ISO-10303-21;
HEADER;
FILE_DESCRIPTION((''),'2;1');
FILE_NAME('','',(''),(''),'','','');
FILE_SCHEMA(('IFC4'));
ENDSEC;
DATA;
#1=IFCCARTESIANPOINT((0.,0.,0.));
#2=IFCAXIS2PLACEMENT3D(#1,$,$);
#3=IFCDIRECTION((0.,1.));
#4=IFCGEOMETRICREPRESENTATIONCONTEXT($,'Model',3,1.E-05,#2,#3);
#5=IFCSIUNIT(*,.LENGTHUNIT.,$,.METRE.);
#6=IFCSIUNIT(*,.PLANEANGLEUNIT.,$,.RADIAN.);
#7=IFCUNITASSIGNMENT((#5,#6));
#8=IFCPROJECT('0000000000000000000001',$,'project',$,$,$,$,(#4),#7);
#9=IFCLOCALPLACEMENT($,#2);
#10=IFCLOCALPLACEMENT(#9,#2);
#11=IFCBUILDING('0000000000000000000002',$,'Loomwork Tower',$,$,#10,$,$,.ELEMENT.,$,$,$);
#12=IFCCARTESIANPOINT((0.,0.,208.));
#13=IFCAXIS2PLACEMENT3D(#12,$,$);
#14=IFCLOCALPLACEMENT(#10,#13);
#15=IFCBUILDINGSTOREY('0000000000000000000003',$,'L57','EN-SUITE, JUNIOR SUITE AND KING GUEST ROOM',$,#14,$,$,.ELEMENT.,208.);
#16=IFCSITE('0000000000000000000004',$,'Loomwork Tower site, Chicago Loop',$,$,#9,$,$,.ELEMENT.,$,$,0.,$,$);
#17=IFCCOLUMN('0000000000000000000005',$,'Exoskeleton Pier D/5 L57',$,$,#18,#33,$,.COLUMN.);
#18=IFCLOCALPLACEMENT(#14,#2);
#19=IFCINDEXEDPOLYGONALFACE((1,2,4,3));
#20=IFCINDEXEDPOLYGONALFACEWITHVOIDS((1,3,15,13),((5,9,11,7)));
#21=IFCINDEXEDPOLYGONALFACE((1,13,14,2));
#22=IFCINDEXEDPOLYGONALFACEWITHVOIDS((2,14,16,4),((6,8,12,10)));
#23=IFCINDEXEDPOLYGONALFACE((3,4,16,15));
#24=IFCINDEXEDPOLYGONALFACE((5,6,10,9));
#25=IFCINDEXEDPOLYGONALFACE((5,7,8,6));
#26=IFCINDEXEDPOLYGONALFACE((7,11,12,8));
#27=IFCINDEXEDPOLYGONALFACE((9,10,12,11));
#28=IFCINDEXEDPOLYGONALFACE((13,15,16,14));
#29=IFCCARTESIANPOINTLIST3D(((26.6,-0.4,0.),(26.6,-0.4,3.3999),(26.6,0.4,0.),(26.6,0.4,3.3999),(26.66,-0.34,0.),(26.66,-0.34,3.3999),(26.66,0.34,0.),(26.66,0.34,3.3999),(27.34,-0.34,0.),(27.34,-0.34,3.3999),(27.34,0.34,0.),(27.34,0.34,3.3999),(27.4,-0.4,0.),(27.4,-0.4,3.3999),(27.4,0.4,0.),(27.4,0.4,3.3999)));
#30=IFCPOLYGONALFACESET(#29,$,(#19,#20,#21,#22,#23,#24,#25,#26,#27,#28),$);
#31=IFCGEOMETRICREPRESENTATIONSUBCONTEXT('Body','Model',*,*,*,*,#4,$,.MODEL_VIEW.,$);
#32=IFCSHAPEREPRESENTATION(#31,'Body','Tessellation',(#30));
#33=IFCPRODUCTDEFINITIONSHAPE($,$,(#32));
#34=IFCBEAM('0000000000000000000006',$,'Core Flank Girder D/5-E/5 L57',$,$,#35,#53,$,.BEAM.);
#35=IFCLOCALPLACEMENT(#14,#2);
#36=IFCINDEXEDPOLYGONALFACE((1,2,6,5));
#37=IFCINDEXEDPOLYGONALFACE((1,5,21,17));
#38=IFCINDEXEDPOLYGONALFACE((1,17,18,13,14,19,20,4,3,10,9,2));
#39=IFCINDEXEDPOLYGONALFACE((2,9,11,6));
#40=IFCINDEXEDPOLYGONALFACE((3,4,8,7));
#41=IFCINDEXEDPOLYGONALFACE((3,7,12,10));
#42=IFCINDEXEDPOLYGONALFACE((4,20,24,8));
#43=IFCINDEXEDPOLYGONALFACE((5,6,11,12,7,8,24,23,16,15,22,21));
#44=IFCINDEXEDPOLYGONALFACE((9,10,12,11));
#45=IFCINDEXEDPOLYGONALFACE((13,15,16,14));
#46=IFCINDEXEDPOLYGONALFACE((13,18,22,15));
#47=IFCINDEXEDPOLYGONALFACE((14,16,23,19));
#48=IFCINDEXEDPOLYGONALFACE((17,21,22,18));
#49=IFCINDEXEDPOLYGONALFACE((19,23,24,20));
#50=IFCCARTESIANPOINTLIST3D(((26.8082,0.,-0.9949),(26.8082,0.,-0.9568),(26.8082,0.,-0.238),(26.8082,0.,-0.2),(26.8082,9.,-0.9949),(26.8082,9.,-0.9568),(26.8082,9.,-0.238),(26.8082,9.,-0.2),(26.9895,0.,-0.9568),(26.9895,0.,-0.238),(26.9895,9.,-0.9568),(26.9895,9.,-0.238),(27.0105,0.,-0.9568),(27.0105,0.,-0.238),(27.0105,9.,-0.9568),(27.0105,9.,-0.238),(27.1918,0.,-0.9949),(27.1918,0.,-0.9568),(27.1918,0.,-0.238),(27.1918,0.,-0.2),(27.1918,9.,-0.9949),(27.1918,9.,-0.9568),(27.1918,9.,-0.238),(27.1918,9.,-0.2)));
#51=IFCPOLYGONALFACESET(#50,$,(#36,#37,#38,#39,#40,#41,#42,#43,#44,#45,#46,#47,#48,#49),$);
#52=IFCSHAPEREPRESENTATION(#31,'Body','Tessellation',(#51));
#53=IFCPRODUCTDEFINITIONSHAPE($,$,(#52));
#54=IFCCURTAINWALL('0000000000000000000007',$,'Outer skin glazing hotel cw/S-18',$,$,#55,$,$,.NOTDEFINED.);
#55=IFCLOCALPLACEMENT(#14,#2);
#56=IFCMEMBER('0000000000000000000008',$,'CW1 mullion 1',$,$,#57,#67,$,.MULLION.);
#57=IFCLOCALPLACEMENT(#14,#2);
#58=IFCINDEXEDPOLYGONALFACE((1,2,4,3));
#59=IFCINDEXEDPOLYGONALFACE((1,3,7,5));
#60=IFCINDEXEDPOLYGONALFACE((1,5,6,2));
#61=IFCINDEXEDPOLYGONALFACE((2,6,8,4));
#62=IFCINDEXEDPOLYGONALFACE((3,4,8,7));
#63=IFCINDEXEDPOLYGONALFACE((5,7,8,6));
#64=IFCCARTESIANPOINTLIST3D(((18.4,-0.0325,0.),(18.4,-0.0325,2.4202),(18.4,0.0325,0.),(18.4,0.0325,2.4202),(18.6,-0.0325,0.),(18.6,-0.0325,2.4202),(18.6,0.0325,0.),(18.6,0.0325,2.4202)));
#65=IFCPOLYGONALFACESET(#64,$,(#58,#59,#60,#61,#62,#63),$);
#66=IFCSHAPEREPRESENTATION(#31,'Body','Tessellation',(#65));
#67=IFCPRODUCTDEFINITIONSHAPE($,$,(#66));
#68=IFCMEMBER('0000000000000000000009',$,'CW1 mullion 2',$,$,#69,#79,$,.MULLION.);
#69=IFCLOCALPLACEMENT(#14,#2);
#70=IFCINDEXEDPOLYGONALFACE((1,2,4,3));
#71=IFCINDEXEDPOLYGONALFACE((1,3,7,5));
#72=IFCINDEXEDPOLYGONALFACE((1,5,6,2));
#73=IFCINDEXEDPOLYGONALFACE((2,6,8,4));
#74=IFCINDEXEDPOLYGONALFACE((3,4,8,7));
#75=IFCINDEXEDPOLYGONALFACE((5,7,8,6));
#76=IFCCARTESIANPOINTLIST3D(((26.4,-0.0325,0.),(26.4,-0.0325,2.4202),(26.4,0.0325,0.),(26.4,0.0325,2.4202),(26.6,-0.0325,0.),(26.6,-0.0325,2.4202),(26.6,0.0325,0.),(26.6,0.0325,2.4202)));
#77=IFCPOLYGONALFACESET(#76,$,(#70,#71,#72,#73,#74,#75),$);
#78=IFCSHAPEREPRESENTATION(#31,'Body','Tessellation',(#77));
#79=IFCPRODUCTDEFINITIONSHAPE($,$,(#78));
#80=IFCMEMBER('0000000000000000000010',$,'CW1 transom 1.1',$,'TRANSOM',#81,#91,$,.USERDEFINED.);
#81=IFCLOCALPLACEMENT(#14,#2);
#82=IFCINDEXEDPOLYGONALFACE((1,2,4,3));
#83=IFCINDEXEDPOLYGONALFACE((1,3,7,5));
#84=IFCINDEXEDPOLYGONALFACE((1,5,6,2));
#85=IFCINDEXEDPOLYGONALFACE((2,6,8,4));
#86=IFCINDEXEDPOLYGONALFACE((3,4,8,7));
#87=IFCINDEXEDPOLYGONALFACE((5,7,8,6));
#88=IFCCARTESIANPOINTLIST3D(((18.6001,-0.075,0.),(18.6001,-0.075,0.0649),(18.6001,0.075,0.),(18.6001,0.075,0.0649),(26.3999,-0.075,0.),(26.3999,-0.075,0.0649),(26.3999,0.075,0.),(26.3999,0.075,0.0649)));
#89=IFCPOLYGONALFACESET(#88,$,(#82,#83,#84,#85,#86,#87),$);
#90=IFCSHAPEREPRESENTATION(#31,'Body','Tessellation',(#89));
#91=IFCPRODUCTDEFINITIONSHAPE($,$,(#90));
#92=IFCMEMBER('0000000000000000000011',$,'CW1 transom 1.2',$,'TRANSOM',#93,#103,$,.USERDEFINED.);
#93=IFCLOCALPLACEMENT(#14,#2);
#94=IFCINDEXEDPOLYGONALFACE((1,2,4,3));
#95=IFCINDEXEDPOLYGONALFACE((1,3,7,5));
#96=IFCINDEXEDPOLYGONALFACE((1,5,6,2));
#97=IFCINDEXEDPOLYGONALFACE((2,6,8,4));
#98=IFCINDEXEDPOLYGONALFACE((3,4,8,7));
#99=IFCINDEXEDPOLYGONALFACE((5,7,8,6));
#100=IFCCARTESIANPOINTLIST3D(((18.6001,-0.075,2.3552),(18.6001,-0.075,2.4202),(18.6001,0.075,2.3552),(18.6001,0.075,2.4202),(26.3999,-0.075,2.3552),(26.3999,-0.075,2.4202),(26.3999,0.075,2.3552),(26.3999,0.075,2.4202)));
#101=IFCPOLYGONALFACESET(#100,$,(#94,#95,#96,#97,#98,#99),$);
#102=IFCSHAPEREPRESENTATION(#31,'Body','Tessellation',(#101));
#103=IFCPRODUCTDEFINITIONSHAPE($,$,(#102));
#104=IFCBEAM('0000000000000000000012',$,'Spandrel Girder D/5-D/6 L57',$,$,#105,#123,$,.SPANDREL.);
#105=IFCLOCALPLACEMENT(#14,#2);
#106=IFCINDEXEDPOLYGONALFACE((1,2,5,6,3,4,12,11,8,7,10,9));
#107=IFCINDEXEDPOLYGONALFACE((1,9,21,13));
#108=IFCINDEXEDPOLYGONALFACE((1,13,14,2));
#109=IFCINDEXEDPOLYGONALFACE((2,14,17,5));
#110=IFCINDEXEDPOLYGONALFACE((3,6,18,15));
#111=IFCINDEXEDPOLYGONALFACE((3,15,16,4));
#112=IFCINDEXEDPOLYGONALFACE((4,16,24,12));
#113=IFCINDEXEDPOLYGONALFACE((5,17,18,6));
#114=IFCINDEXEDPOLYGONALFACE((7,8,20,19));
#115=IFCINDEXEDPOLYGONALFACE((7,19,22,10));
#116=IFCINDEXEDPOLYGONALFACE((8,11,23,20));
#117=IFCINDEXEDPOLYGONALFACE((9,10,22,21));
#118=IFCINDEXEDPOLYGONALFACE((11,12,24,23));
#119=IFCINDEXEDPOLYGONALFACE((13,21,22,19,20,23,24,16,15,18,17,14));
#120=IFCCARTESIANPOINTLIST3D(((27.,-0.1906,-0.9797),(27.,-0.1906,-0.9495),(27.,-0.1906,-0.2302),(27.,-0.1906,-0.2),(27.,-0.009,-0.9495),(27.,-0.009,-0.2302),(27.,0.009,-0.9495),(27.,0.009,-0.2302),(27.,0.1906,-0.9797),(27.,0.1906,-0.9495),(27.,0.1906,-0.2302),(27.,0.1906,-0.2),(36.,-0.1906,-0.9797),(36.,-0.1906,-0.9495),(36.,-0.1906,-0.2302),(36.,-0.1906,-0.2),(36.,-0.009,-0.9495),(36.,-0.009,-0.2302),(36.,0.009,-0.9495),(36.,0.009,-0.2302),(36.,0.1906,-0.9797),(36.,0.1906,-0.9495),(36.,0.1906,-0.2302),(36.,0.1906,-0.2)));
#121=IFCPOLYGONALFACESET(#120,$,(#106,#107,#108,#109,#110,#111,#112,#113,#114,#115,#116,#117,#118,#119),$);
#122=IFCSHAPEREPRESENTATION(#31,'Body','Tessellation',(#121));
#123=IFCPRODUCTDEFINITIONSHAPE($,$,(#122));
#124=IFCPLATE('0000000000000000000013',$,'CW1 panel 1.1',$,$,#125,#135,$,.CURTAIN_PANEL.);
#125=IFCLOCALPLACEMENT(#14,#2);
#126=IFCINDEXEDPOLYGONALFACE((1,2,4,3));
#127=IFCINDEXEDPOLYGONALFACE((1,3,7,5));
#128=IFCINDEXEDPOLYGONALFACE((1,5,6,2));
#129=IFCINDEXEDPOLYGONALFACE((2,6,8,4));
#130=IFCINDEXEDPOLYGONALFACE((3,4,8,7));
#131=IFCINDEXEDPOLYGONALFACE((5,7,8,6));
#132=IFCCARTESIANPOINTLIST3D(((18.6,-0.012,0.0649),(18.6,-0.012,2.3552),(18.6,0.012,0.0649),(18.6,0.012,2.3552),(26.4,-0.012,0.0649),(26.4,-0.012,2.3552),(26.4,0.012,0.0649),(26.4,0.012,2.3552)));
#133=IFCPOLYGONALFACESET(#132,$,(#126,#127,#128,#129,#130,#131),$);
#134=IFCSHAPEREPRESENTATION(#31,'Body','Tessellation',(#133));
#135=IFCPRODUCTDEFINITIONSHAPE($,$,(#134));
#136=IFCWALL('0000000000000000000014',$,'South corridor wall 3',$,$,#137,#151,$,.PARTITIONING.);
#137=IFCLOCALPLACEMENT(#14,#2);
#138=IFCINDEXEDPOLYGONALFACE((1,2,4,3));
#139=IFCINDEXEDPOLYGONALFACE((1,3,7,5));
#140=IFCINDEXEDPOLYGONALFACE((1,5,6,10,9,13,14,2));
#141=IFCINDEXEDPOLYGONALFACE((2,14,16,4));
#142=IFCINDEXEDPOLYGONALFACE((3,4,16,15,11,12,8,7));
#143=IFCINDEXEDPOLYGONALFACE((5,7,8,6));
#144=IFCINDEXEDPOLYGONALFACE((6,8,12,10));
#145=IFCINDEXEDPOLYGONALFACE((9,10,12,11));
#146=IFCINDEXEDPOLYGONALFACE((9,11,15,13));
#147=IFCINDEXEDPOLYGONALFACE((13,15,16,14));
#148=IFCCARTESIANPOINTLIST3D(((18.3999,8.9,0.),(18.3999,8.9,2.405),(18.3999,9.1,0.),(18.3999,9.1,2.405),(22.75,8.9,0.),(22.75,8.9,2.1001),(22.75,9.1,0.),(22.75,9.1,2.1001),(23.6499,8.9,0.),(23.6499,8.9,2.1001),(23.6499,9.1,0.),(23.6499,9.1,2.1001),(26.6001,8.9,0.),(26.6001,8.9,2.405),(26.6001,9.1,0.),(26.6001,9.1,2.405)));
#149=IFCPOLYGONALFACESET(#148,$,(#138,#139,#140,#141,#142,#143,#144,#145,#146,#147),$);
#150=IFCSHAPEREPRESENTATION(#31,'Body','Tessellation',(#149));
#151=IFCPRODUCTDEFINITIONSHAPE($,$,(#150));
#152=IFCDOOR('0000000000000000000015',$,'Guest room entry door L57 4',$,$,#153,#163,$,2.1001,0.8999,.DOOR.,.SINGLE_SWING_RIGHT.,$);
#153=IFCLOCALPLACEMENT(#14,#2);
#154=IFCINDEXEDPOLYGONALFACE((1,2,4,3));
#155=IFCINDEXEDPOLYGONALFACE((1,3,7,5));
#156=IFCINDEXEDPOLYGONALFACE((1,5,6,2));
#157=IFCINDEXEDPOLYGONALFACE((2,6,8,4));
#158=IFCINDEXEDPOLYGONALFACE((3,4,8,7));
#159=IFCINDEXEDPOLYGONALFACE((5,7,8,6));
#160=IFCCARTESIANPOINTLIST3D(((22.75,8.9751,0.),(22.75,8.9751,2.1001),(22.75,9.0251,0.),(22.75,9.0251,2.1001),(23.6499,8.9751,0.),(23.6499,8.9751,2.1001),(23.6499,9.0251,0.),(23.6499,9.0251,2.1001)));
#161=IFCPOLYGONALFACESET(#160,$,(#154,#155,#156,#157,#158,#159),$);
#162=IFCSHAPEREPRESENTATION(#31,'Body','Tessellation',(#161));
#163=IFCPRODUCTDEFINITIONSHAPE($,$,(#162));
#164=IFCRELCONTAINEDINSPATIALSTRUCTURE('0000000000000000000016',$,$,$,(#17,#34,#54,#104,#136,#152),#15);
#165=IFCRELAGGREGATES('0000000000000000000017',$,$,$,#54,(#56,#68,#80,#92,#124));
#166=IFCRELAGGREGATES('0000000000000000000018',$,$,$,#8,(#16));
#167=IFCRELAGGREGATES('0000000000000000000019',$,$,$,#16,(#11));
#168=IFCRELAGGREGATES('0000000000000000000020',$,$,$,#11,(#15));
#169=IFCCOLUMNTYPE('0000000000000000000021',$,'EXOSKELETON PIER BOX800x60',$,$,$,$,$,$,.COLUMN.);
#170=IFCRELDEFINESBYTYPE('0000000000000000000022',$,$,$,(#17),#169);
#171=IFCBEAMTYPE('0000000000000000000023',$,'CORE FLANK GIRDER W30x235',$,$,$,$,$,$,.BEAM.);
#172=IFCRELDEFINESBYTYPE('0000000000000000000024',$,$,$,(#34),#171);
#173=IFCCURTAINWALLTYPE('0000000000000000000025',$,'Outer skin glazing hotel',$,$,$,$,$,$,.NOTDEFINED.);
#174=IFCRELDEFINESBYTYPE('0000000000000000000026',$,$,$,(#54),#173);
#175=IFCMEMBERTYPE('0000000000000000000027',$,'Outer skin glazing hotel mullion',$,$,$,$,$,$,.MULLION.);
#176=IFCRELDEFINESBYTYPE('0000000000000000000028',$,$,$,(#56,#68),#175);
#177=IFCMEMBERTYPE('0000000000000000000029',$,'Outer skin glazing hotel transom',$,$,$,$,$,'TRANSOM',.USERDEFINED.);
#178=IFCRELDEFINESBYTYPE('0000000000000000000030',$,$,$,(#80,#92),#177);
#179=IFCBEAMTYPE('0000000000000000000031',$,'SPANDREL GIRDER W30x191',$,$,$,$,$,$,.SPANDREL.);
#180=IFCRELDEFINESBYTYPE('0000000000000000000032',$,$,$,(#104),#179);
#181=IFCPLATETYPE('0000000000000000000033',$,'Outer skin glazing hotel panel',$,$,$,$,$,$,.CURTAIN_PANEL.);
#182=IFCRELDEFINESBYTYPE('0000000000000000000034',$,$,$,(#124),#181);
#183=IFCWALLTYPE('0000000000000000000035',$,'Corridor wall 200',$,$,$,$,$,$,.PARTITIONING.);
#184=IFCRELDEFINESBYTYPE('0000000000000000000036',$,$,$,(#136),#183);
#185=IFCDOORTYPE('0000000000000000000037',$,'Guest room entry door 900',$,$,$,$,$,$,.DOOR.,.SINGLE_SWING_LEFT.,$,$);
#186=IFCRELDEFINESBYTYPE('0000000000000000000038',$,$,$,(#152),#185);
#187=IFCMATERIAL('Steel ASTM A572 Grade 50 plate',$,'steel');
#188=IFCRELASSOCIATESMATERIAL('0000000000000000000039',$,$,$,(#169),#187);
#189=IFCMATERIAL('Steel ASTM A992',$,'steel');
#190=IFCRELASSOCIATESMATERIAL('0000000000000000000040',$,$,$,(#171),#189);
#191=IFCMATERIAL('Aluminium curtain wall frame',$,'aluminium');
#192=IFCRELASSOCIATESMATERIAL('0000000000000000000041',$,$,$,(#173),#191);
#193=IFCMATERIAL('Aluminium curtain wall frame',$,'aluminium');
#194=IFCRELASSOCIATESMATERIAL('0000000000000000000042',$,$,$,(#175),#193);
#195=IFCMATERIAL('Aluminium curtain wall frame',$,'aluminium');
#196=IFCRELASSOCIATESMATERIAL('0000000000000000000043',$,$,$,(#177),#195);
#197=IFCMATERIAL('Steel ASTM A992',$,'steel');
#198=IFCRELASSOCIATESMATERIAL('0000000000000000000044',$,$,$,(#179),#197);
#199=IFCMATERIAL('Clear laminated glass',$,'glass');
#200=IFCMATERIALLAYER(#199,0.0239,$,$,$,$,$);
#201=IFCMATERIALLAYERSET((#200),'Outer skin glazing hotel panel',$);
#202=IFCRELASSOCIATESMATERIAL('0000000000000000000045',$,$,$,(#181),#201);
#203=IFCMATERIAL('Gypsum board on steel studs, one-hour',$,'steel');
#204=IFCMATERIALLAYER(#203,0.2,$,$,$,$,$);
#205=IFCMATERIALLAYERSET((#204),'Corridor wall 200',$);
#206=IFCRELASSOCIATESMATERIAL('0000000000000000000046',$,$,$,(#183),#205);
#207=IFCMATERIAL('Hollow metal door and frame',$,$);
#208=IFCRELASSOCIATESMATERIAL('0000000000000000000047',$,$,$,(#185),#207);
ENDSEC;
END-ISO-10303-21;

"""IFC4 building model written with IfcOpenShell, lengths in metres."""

from ifc_helpers import new_model, si_unit, direction, frame, frame_2d, origin, origin_2d, place, context, subcontext, project, spatial, rectangle, hollow_rectangle, i_section, extrude, material, layer, layer_set, material_profile, profile_set, type_object, element, fill, aggregate, save


model = new_model("IFC4")

# Units and contexts
model_context = context("Model", 3, precision=1e-05, world=origin(), true_north=direction((0.0, 1.0)))
body_context = subcontext(model_context, "Body", "Model", "MODEL_VIEW")
ifc_project = project(units=[si_unit("LENGTHUNIT", "METRE"), si_unit("PLANEANGLEUNIT", "RADIAN")], contexts=[model_context])

# Site, building, storey
site_placement = place(None, origin())
site = spatial("IfcSite", under=ifc_project, at=site_placement, Name="Loomwork Tower site, Chicago Loop", CompositionType="ELEMENT", RefElevation=0.0)
building_placement = place(site_placement, origin())
building = spatial("IfcBuilding", under=site, at=building_placement, Name="Loomwork Tower", CompositionType="ELEMENT")
storey_placement = place(building_placement, frame((0.0, 0.0, 208.0)))
storey = spatial("IfcBuildingStorey", under=building, at=storey_placement, Name="L57", Description="EN-SUITE, JUNIOR SUITE AND KING GUEST ROOM", CompositionType="ELEMENT", Elevation=208.0)

# Column
ifc_material_1 = material(Name="Steel ASTM A572 Grade 50 plate", Category="steel")
ifc_material_profile_1 = material_profile(ifc_material_1, hollow_rectangle(XDim=0.8, YDim=0.8, WallThickness=0.0601, at=origin_2d()), Name="BOX800x60")
ifc_profile_set_1 = profile_set([ifc_material_profile_1], Name="Steel ASTM A572 Grade 50 plate")
column_type = type_object("IfcColumnType", Name="EXOSKELETON PIER BOX800x60", PredefinedType="COLUMN", material=ifc_profile_set_1)
column_placement = place(storey_placement, frame((27.0, 0.0, 0.0), z_axis=(0.0, 0.0, 1.0), x_axis=(1.0, 0.0, 0.0)))
element("IfcColumn", 1, at=column_placement, inside=storey, type_object=column_type, Name="Exoskeleton Pier D/5 L57", PredefinedType="COLUMN", context=body_context, shape_type="SweptSolid", body=[
    extrude(hollow_rectangle(XDim=0.8, YDim=0.8, WallThickness=0.0601, at=origin_2d()), origin(), (0.0, 0.0, 1.0), 3.3999),
])

# Beam
ifc_material_2 = material(Name="Steel ASTM A992", Category="steel")
ifc_material_profile_2 = material_profile(ifc_material_2, i_section(OverallWidth=0.3835, OverallDepth=0.7949, WebThickness=0.021, FlangeThickness=0.0381, at=origin_2d()), Name="W30x235")
ifc_profile_set_2 = profile_set([ifc_material_profile_2], Name="Steel ASTM A992")
beam_type_1 = type_object("IfcBeamType", Name="CORE FLANK GIRDER W30x235", PredefinedType="BEAM", material=ifc_profile_set_2)
beam_1_placement = place(storey_placement, frame((27.0, 0.0, -0.5974), z_axis=(0.0, 1.0, 0.0), x_axis=(-1.0, 0.0, 0.0)))
element("IfcBeam", 2, at=beam_1_placement, inside=storey, type_object=beam_type_1, Name="Core Flank Girder D/5-E/5 L57", PredefinedType="BEAM", context=body_context, shape_type="SweptSolid", body=[
    extrude(i_section(OverallWidth=0.3835, OverallDepth=0.7949, WebThickness=0.021, FlangeThickness=0.0381, at=origin_2d()), origin(), (0.0, 0.0, 1.0), 9.0),
])

# Curtain wall, members
ifc_material_3 = material(Name="Aluminium curtain wall frame", Category="aluminium")
curtain_wall_type = type_object("IfcCurtainWallType", Name="Outer skin glazing hotel", PredefinedType="NOTDEFINED", material=ifc_material_3)
curtain_wall_placement = place(storey_placement, origin())
curtain_wall = element("IfcCurtainWall", 3, at=curtain_wall_placement, inside=storey, type_object=curtain_wall_type, Name="Outer skin glazing hotel cw/S-18", PredefinedType="NOTDEFINED")
ifc_material_4 = material(Name="Aluminium curtain wall frame", Category="aluminium")
ifc_material_profile_3 = material_profile(ifc_material_4, rectangle(XDim=0.0649, YDim=0.2, at=origin_2d()), Name="AL 65x200")
ifc_profile_set_3 = profile_set([ifc_material_profile_3], Name="Aluminium curtain wall frame")
member_type_1 = type_object("IfcMemberType", Name="Outer skin glazing hotel mullion", PredefinedType="MULLION", material=ifc_profile_set_3)
member_1_placement = place(storey_placement, frame((18.5, 0.0, 0.0), z_axis=(0.0, 0.0, 1.0), x_axis=(0.0, 1.0, 0.0)))
member_1 = element("IfcMember", 4, at=member_1_placement, type_object=member_type_1, Name="CW1 mullion 1", PredefinedType="MULLION", context=body_context, shape_type="SweptSolid", body=[
    extrude(rectangle(XDim=0.0649, YDim=0.2, at=origin_2d()), origin(), (0.0, 0.0, 1.0), 2.4202),
])
member_2_placement = place(storey_placement, frame((26.5, 0.0, 0.0), z_axis=(0.0, 0.0, 1.0), x_axis=(0.0, 1.0, 0.0)))
member_2 = element("IfcMember", 5, at=member_2_placement, type_object=member_type_1, Name="CW1 mullion 2", PredefinedType="MULLION", context=body_context, shape_type="SweptSolid", body=[
    extrude(rectangle(XDim=0.0649, YDim=0.2, at=origin_2d()), origin(), (0.0, 0.0, 1.0), 2.4202),
])
ifc_material_5 = material(Name="Aluminium curtain wall frame", Category="aluminium")
ifc_material_profile_4 = material_profile(ifc_material_5, rectangle(XDim=0.1499, YDim=0.0649, at=origin_2d()), Name="AL 65x150")
ifc_profile_set_4 = profile_set([ifc_material_profile_4], Name="Aluminium curtain wall frame")
member_type_2 = type_object("IfcMemberType", Name="Outer skin glazing hotel transom", ElementType="TRANSOM", PredefinedType="USERDEFINED", material=ifc_profile_set_4)
member_3_placement = place(storey_placement, frame((18.6001, 0.0, 0.0325), z_axis=(1.0, 0.0, 0.0), x_axis=(0.0, 1.0, 0.0)))
member_3 = element("IfcMember", 6, at=member_3_placement, type_object=member_type_2, Name="CW1 transom 1.1", ObjectType="TRANSOM", PredefinedType="USERDEFINED", context=body_context, shape_type="SweptSolid", body=[
    extrude(rectangle(XDim=0.1499, YDim=0.0649, at=origin_2d()), origin(), (0.0, 0.0, 1.0), 7.7998),
])
member_4_placement = place(storey_placement, frame((18.6001, 0.0, 2.3877), z_axis=(1.0, 0.0, 0.0), x_axis=(0.0, 1.0, 0.0)))
member_4 = element("IfcMember", 7, at=member_4_placement, type_object=member_type_2, Name="CW1 transom 1.2", ObjectType="TRANSOM", PredefinedType="USERDEFINED", context=body_context, shape_type="SweptSolid", body=[
    extrude(rectangle(XDim=0.1499, YDim=0.0649, at=origin_2d()), origin(), (0.0, 0.0, 1.0), 7.7998),
])

# Beam
ifc_material_6 = material(Name="Steel ASTM A992", Category="steel")
ifc_material_profile_5 = material_profile(ifc_material_6, i_section(OverallWidth=0.3811, OverallDepth=0.7798, WebThickness=0.0181, FlangeThickness=0.0303, at=origin_2d()), Name="W30x191")
ifc_profile_set_5 = profile_set([ifc_material_profile_5], Name="Steel ASTM A992")
beam_type_2 = type_object("IfcBeamType", Name="SPANDREL GIRDER W30x191", PredefinedType="SPANDREL", material=ifc_profile_set_5)
beam_2_placement = place(storey_placement, frame((27.0, 0.0, -0.5898), z_axis=(1.0, 0.0, 0.0), x_axis=(0.0, 1.0, 0.0)))
element("IfcBeam", 8, at=beam_2_placement, inside=storey, type_object=beam_type_2, Name="Spandrel Girder D/5-D/6 L57", PredefinedType="SPANDREL", context=body_context, shape_type="SweptSolid", body=[
    extrude(i_section(OverallWidth=0.3811, OverallDepth=0.7798, WebThickness=0.0181, FlangeThickness=0.0303, at=origin_2d()), origin(), (0.0, 0.0, 1.0), 9.0),
])

# Plate
ifc_material_7 = material(Name="Clear laminated glass", Category="glass")
ifc_layer_1 = layer(ifc_material_7, 0.0239)
ifc_layer_set_1 = layer_set([ifc_layer_1], Name="Outer skin glazing hotel panel")
plate_type = type_object("IfcPlateType", Name="Outer skin glazing hotel panel", PredefinedType="CURTAIN_PANEL", material=ifc_layer_set_1)
plate_placement = place(storey_placement, frame((22.5, 0.0, 0.0649), z_axis=(0.0, 0.0, 1.0), x_axis=(1.0, 0.0, 0.0)))
plate = element("IfcPlate", 9, at=plate_placement, type_object=plate_type, Name="CW1 panel 1.1", PredefinedType="CURTAIN_PANEL", context=body_context, shape_type="SweptSolid", body=[
    extrude(rectangle(XDim=7.8, YDim=0.0239, at=origin_2d()), origin(), (0.0, 0.0, 1.0), 2.2903),
])
aggregate(curtain_wall, [member_1, member_2, member_3, member_4, plate])

# Wall, opening, door
ifc_material_8 = material(Name="Gypsum board on steel studs, one-hour", Category="steel")
ifc_layer_2 = layer(ifc_material_8, 0.2)
ifc_layer_set_2 = layer_set([ifc_layer_2], Name="Corridor wall 200")
wall_type_1 = type_object("IfcWallType", Name="Corridor wall 200", PredefinedType="PARTITIONING", material=ifc_layer_set_2)
wall_1_placement = place(storey_placement, frame((18.3999, 9.0, 0.0), z_axis=(0.0, 0.0, 1.0), x_axis=(1.0, 0.0, 0.0)))
wall_1 = element("IfcWall", 10, at=wall_1_placement, inside=storey, type_object=wall_type_1, Name="South corridor wall 3", PredefinedType="PARTITIONING", context=body_context, shape_type="SweptSolid", body=[
    extrude(rectangle(XDim=8.2002, YDim=0.2, at=frame_2d((4.1001, 0.0))), origin(), (0.0, 0.0, 1.0), 2.405),
])
opening_1_placement = place(wall_1_placement, frame((4.3501, 0.0, 0.0)))
opening_1 = element("IfcOpeningElement", 11, at=opening_1_placement, cuts=wall_1, PredefinedType="OPENING", context=body_context, shape_type="SweptSolid", body=[
    extrude(rectangle(XDim=0.8999, YDim=2.1001, at=frame_2d((0.45, 1.05))), frame((0.0, 0.1099, 0.0), z_axis=(0.0, -1.0, 0.0), x_axis=(1.0, 0.0, 0.0)), (0.0, 0.0, 1.0), 0.22),
])
ifc_material_9 = material(Name="Hollow metal door and frame")
door_type_1 = type_object("IfcDoorType", Name="Guest room entry door 900", OperationType="SINGLE_SWING_LEFT", PredefinedType="DOOR", material=ifc_material_9)
door_1_placement = place(opening_1_placement, frame((0.8999, 0.0, 0.0), z_axis=(0.0, 0.0, 1.0), x_axis=(-1.0, 0.0, 0.0)))
door_1 = element("IfcDoor", 12, at=door_1_placement, inside=storey, type_object=door_type_1, Name="Guest room entry door L57 4", OperationType="SINGLE_SWING_RIGHT", OverallHeight=2.1001, OverallWidth=0.8999, PredefinedType="DOOR", context=body_context, shape_type="SweptSolid", body=[
    extrude(rectangle(XDim=0.8999, YDim=2.1001, at=frame_2d((0.45, 1.05))), frame((0.0, 0.0249, 0.0), z_axis=(0.0, -1.0, 0.0), x_axis=(1.0, 0.0, 0.0)), (0.0, 0.0, 1.0), 0.05),
])
fill(opening_1, door_1)

save(model, "model.ifc")
